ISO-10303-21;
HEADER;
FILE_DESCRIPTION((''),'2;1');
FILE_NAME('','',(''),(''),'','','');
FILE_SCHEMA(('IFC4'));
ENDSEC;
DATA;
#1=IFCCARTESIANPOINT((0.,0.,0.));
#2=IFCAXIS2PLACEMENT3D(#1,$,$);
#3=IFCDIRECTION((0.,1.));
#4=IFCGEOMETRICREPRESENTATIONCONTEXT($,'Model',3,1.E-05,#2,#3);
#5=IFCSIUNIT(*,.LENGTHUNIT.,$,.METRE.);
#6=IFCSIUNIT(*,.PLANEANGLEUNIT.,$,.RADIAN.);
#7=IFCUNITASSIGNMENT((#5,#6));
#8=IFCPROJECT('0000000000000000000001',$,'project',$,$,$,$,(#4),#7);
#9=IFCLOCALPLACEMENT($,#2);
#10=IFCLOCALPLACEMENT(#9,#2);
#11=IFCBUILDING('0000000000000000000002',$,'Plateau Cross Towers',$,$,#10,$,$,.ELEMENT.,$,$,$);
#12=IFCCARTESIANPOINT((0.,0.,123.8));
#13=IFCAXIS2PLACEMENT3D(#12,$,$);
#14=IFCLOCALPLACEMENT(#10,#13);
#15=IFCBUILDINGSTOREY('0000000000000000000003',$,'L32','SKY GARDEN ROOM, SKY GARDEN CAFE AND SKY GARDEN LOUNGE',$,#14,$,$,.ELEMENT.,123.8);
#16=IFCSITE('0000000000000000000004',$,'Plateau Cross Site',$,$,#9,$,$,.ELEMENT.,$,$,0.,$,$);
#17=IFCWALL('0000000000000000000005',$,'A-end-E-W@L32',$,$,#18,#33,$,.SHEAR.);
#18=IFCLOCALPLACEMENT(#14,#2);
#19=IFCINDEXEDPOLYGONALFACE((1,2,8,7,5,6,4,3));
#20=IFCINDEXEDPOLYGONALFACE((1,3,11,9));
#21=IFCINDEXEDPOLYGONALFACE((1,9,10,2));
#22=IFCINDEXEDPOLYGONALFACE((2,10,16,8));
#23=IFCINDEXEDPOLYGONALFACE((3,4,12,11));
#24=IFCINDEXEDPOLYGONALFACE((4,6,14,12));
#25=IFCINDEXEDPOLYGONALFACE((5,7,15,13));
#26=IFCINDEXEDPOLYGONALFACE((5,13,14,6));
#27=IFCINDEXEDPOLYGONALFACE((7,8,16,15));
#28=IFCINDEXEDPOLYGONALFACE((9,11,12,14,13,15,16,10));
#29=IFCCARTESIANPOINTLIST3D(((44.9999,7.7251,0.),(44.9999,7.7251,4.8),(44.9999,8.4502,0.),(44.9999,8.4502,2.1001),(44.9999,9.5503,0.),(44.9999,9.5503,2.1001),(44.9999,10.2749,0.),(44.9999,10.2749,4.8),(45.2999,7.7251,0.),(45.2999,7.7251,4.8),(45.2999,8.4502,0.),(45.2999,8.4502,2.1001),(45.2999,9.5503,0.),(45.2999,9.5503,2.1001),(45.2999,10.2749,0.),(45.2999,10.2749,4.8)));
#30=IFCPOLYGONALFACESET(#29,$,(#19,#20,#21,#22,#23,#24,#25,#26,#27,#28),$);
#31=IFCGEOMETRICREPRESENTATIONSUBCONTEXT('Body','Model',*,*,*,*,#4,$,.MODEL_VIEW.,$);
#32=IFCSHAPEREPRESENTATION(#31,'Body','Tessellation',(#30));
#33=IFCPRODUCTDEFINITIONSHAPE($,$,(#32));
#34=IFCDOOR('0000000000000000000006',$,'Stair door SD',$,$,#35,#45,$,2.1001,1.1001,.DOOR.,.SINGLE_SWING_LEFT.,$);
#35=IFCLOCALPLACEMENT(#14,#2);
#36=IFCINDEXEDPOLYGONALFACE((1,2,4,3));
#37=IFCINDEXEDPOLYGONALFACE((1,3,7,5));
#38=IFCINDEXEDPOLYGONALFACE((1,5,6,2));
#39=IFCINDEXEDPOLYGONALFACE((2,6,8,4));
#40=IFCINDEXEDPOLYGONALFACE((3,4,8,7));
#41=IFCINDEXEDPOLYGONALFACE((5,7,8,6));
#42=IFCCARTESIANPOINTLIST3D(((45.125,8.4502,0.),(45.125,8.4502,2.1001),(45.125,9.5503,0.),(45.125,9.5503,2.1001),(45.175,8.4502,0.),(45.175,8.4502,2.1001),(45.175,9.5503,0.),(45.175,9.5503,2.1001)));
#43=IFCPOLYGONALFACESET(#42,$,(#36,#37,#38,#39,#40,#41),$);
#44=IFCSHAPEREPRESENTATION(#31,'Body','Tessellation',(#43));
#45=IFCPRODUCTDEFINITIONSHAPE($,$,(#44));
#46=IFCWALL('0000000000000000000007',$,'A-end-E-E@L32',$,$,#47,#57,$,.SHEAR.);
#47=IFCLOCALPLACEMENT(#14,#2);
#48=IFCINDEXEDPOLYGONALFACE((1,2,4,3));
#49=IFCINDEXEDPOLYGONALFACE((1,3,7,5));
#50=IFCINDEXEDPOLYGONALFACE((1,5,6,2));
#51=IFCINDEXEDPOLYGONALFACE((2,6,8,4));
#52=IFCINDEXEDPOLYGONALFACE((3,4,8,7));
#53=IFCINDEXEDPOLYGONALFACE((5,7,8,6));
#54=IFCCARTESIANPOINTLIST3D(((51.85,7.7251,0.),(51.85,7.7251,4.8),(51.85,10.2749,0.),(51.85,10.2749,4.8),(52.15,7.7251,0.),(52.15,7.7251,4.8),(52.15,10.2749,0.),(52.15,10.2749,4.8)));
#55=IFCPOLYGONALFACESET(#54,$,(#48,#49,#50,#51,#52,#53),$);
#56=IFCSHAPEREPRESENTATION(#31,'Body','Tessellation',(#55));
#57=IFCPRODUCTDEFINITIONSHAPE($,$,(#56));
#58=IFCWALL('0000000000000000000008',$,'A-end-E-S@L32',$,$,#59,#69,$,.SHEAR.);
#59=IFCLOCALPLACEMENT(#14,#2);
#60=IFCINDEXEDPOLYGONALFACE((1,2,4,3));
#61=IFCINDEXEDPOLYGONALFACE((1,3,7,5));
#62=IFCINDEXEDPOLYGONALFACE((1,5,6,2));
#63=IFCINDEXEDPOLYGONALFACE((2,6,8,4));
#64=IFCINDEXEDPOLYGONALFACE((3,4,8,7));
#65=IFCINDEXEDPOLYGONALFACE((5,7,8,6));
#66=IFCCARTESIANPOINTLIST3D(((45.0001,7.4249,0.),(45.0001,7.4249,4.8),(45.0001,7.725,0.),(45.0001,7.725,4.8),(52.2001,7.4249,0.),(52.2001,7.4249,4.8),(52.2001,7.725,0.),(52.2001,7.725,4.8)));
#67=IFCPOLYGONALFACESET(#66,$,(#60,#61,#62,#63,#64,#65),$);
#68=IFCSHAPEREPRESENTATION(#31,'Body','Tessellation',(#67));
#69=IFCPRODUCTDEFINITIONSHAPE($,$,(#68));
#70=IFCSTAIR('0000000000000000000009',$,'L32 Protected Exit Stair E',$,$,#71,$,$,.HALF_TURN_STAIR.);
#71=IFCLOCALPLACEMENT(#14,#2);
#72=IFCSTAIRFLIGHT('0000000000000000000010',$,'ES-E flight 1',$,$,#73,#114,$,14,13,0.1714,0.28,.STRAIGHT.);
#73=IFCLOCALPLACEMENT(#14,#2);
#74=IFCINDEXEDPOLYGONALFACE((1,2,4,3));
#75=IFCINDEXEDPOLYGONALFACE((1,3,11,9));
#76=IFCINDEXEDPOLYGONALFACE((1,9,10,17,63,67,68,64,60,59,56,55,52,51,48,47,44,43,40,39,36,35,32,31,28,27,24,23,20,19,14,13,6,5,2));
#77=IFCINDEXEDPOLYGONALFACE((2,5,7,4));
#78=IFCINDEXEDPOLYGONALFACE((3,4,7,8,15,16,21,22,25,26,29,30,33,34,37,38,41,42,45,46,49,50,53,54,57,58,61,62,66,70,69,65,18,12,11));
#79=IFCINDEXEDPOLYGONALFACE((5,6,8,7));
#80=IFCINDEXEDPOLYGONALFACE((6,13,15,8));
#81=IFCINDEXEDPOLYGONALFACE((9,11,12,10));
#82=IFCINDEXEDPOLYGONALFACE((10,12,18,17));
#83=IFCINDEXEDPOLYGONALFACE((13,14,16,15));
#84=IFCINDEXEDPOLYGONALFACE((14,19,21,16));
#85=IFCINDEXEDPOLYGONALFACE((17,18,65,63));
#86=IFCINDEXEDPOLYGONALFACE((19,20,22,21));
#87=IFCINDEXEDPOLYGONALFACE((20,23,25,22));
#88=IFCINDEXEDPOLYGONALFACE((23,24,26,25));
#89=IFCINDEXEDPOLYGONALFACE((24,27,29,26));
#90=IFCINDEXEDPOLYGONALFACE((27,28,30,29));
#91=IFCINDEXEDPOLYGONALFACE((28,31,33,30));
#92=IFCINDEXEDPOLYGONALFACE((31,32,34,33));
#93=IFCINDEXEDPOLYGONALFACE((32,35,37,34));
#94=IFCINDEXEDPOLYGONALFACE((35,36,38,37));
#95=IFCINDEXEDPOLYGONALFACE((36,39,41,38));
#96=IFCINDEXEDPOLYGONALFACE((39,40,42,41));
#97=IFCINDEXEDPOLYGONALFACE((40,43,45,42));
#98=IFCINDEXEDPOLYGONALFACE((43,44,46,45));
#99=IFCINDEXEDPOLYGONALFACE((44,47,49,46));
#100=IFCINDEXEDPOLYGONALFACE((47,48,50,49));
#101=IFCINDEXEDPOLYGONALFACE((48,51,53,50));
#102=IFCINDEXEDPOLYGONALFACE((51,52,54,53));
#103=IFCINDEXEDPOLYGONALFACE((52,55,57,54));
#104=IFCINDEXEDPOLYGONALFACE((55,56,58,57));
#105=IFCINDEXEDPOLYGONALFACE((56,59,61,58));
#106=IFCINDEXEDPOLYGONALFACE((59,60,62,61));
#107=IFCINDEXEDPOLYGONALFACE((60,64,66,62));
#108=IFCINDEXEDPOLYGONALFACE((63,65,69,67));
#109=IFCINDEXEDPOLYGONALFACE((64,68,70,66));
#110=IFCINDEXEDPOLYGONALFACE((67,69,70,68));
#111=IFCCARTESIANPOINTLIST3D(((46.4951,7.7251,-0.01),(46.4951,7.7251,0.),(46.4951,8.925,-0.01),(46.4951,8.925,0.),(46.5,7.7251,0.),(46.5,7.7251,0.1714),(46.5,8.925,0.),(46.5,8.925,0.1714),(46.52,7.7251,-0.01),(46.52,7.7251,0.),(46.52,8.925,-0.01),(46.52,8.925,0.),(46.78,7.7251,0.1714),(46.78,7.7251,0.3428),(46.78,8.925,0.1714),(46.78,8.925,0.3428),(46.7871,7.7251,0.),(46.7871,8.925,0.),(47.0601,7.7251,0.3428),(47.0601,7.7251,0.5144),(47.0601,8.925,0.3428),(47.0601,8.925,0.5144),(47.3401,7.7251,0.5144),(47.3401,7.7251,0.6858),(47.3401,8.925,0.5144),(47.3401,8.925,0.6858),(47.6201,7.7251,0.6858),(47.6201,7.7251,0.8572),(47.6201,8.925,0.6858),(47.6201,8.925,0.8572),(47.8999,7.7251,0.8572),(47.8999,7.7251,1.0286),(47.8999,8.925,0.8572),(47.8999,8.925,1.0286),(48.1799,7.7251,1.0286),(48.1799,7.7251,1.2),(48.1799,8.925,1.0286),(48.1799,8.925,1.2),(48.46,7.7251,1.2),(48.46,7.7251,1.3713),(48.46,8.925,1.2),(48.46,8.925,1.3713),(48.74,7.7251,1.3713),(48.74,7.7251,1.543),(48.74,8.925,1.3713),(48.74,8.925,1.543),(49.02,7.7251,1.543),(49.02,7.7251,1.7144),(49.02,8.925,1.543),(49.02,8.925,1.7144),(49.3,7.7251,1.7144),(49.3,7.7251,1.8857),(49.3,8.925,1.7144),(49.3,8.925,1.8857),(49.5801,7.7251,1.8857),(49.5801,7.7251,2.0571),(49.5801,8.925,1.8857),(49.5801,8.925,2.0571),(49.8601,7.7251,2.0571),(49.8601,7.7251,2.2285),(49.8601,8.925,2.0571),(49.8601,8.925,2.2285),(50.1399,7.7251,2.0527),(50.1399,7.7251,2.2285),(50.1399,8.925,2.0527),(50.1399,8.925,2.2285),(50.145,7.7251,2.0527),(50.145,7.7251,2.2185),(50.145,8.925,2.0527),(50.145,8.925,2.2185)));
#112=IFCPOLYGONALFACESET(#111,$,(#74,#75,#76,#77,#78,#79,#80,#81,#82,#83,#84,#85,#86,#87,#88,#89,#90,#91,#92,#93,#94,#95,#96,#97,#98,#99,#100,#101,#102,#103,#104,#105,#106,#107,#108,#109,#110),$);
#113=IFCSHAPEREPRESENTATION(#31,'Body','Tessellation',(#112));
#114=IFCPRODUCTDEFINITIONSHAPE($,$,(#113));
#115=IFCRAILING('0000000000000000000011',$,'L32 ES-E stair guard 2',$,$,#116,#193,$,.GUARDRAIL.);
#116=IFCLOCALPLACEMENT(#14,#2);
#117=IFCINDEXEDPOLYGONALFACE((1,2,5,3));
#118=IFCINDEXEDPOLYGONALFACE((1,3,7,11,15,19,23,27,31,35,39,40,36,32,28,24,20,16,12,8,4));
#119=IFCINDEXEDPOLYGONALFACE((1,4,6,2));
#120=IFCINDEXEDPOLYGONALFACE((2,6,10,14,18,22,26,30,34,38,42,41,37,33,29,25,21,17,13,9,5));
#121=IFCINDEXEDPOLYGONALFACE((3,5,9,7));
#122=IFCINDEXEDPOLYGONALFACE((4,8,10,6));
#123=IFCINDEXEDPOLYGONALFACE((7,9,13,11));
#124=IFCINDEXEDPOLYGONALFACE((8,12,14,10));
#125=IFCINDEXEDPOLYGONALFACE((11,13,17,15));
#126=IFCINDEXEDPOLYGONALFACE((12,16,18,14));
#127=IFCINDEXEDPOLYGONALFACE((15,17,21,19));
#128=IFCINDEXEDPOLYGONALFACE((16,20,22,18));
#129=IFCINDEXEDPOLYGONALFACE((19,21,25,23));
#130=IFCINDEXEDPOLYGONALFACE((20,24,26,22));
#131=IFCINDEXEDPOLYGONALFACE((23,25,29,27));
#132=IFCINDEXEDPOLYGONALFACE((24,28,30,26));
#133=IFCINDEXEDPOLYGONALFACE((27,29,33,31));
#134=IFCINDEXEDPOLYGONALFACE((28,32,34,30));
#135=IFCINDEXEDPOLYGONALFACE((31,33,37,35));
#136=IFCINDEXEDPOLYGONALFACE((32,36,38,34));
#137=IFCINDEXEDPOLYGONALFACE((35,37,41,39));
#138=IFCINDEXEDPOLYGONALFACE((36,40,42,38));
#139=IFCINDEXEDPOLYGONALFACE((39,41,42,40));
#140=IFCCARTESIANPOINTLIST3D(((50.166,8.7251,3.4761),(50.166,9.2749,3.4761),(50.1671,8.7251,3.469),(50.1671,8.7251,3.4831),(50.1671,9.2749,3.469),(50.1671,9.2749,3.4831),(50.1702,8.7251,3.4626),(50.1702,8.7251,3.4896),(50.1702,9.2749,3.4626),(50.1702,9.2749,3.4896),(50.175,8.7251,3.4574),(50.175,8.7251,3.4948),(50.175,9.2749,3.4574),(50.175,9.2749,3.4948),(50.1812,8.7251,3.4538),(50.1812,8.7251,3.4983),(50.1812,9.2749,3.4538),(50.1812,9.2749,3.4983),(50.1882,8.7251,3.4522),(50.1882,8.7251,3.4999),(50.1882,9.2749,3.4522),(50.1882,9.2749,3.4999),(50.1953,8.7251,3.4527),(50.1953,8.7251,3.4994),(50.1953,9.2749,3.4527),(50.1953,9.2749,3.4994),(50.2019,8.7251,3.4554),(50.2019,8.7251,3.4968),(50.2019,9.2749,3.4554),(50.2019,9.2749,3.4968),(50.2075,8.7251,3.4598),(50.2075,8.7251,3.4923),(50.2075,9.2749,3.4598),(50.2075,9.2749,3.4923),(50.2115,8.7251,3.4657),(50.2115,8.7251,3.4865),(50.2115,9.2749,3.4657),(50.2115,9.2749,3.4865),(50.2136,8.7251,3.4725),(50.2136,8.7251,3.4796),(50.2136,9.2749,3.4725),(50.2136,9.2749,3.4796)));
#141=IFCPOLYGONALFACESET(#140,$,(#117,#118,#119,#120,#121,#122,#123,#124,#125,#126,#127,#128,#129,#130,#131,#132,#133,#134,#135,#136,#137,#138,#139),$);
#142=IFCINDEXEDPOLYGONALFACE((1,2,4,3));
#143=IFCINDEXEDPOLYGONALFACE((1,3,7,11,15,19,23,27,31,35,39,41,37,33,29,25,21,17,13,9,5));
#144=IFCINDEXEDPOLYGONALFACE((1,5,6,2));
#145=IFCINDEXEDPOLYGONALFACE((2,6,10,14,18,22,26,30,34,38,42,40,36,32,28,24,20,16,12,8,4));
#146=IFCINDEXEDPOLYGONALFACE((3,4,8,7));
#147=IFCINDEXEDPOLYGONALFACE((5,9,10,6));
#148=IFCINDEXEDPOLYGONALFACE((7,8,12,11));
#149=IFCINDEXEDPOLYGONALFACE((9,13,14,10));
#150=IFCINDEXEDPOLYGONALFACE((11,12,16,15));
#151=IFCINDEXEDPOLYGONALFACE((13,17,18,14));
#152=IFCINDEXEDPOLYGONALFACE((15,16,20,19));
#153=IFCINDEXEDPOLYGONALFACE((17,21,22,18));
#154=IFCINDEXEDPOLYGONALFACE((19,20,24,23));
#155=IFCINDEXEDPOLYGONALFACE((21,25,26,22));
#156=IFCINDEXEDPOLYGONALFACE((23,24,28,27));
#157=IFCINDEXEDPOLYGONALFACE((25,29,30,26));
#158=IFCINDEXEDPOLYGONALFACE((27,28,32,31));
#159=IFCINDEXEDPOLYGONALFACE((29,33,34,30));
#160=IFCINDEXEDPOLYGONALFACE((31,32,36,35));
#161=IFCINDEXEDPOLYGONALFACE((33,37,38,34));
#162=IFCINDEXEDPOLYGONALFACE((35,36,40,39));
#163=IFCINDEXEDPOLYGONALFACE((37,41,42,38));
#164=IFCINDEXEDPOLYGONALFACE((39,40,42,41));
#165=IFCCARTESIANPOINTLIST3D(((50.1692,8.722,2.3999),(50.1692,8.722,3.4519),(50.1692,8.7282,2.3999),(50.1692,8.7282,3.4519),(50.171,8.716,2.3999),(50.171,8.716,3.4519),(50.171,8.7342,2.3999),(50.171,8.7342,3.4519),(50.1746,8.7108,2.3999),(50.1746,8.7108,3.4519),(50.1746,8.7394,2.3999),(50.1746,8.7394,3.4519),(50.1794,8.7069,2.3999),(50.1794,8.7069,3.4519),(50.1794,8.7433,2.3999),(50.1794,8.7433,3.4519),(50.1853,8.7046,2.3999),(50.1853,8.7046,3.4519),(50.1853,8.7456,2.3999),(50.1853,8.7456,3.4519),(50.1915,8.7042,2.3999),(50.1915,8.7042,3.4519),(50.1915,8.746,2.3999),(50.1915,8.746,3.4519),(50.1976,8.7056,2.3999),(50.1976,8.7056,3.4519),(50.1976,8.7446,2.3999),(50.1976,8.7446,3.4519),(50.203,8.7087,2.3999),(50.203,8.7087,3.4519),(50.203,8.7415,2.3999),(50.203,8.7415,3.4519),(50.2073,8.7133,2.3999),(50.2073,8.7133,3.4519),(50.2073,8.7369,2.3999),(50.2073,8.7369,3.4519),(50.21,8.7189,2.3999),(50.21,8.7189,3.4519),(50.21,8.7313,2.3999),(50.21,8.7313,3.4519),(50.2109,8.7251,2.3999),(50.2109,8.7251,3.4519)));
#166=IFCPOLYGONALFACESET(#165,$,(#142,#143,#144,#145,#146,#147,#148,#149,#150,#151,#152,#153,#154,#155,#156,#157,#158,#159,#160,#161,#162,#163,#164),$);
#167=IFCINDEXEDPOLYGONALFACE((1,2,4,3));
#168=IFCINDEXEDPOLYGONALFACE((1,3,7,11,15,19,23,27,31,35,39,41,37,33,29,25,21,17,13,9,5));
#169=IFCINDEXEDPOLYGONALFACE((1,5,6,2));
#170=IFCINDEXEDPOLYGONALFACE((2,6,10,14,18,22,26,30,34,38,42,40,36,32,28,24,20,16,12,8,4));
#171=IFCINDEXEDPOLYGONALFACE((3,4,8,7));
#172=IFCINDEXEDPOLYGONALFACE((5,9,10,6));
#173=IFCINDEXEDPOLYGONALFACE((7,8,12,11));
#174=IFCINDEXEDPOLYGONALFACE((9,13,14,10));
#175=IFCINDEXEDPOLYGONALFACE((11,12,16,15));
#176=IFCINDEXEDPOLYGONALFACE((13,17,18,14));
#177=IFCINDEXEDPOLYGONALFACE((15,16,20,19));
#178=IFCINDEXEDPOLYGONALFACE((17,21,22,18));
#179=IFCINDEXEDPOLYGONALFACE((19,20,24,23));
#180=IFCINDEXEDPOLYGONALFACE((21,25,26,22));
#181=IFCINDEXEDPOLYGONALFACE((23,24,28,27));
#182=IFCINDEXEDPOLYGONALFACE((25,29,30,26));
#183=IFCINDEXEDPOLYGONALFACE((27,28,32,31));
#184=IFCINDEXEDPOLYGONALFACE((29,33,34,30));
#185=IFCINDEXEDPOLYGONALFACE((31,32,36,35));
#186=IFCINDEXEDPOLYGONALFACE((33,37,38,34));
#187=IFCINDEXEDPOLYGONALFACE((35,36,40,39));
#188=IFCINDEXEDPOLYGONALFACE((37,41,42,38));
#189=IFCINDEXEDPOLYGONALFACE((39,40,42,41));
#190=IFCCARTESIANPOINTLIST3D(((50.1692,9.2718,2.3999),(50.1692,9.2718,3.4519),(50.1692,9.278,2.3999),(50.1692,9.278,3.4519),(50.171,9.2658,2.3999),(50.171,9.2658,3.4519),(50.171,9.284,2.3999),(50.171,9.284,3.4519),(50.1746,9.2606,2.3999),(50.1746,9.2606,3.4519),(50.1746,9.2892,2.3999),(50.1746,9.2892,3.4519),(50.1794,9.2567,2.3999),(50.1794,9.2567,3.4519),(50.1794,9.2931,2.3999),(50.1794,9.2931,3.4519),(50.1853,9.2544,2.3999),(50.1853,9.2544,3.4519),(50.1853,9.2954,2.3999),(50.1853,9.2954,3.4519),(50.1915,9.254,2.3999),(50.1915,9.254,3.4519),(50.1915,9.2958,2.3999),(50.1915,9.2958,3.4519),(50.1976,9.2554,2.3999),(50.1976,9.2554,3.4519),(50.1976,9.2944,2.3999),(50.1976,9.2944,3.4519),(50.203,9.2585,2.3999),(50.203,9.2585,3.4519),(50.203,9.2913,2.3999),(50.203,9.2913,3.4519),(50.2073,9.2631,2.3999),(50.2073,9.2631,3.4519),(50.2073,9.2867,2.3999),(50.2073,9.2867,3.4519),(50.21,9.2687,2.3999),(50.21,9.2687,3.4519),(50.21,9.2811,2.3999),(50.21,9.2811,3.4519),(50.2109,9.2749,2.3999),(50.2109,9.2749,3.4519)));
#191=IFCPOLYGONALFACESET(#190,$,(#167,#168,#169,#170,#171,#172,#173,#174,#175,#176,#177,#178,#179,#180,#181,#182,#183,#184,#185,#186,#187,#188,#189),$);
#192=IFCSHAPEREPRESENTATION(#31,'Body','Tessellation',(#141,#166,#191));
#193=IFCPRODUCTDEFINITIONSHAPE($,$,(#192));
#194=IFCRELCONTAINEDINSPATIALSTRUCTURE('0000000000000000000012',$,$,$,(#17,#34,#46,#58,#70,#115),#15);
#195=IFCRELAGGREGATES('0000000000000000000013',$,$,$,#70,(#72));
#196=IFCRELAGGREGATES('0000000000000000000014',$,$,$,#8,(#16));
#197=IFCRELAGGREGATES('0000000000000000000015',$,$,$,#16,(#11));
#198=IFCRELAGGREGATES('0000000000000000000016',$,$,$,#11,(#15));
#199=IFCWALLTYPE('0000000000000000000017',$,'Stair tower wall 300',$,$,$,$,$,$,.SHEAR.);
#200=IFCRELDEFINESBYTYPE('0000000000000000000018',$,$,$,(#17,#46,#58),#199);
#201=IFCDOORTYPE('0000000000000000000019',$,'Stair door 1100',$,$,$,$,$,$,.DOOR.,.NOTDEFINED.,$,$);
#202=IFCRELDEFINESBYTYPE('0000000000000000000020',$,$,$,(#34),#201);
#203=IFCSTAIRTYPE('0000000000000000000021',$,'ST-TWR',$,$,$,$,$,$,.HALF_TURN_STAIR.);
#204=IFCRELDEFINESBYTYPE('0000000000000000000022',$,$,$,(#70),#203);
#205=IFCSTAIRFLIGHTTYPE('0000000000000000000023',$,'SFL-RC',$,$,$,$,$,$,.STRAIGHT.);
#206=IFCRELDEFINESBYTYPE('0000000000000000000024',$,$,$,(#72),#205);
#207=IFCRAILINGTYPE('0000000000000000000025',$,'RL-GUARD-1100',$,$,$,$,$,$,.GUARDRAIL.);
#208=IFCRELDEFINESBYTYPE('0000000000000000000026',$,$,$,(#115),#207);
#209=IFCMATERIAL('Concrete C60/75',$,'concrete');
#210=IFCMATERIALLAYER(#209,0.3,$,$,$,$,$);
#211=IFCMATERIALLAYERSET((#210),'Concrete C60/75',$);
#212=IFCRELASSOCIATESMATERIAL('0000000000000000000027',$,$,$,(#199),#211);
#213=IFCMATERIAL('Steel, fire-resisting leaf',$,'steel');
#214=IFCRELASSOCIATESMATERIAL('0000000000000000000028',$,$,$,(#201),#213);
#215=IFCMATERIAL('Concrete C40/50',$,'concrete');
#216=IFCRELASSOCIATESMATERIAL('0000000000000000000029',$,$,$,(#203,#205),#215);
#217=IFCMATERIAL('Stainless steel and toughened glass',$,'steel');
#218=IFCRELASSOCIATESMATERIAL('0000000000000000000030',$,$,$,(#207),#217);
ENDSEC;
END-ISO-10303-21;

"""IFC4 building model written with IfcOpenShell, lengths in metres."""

from ifc_helpers import new_model, si_unit, direction, frame, frame_2d, origin, origin_2d, place, context, subcontext, project, spatial, polyline, rectangle, circle, outline, extrude, material, layer, layer_set, type_object, element, fill, aggregate, save


model = new_model("IFC4")

# Units and contexts
model_context = context("Model", 3, precision=1e-05, world=origin(), true_north=direction((0.0, 1.0)))
body_context = subcontext(model_context, "Body", "Model", "MODEL_VIEW")
ifc_project = project(units=[si_unit("LENGTHUNIT", "METRE"), si_unit("PLANEANGLEUNIT", "RADIAN")], contexts=[model_context])

# Site, building, storey
site_placement = place(None, origin())
site = spatial("IfcSite", under=ifc_project, at=site_placement, Name="Plateau Cross Site", CompositionType="ELEMENT", RefElevation=0.0)
building_placement = place(site_placement, origin())
building = spatial("IfcBuilding", under=site, at=building_placement, Name="Plateau Cross Towers", CompositionType="ELEMENT")
storey_placement = place(building_placement, frame((0.0, 0.0, 123.8)))
storey = spatial("IfcBuildingStorey", under=building, at=storey_placement, Name="L32", Description="SKY GARDEN ROOM, SKY GARDEN CAFE AND SKY GARDEN LOUNGE", CompositionType="ELEMENT", Elevation=123.8)

# Shared definitions
ifc_material_1 = material(Name="Concrete C60/75", Category="concrete")

# Shared definitions
ifc_material_2 = material(Name="Steel, fire-resisting leaf", Category="steel")

# Wall, opening, door
ifc_layer_1 = layer(ifc_material_1, 0.3)
ifc_layer_set_1 = layer_set([ifc_layer_1], Name="Concrete C60/75")
wall_type_1 = type_object("IfcWallType", Name="Stair tower wall 300", PredefinedType="SHEAR", material=ifc_layer_set_1)
wall_1_placement = place(storey_placement, frame((45.1499, 7.7251, 0.0), z_axis=(0.0, 0.0, 1.0), x_axis=(0.0, 1.0, 0.0)))
wall_1 = element("IfcWall", 1, at=wall_1_placement, inside=storey, type_object=wall_type_1, Name="A-end-E-W@L32", PredefinedType="SHEAR", context=body_context, shape_type="SweptSolid", body=[
    extrude(rectangle(XDim=2.5498, YDim=0.3, at=frame_2d((1.2749, 0.0))), origin(), (0.0, 0.0, 1.0), 4.8),
])
opening_1_placement = place(wall_1_placement, frame((0.7251, 0.0, 0.0)))
opening_1 = element("IfcOpeningElement", 2, at=opening_1_placement, cuts=wall_1, PredefinedType="OPENING", context=body_context, shape_type="SweptSolid", body=[
    extrude(rectangle(XDim=1.1001, YDim=2.1001, at=frame_2d((0.55, 1.05))), frame((0.0, 0.1599, 0.0), z_axis=(0.0, -1.0, 0.0), x_axis=(1.0, 0.0, 0.0)), (0.0, 0.0, 1.0), 0.3201),
])
door_type_1 = type_object("IfcDoorType", Name="Stair door 1100", OperationType="NOTDEFINED", PredefinedType="DOOR", material=ifc_material_2)
door_1_placement = place(opening_1_placement, origin())
door_1 = element("IfcDoor", 3, at=door_1_placement, inside=storey, type_object=door_type_1, Name="Stair door SD", OperationType="SINGLE_SWING_LEFT", OverallHeight=2.1001, OverallWidth=1.1001, PredefinedType="DOOR", context=body_context, shape_type="SweptSolid", body=[
    extrude(rectangle(XDim=1.1001, YDim=2.1001, at=frame_2d((0.55, 1.05))), frame((0.0, 0.0249, 0.0), z_axis=(0.0, -1.0, 0.0), x_axis=(1.0, 0.0, 0.0)), (0.0, 0.0, 1.0), 0.05),
])
fill(opening_1, door_1)

# Walls
wall_2_placement = place(storey_placement, frame((52.0, 7.7251, 0.0), z_axis=(0.0, 0.0, 1.0), x_axis=(0.0, 1.0, 0.0)))
element("IfcWall", 4, at=wall_2_placement, inside=storey, type_object=wall_type_1, Name="A-end-E-E@L32", PredefinedType="SHEAR", context=body_context, shape_type="SweptSolid", body=[
    extrude(rectangle(XDim=2.5498, YDim=0.3, at=frame_2d((1.2749, 0.0))), origin(), (0.0, 0.0, 1.0), 4.8),
])
wall_3_placement = place(storey_placement, frame((45.0, 7.575, 0.0), z_axis=(0.0, 0.0, 1.0), x_axis=(1.0, 0.0, 0.0)))
element("IfcWall", 5, at=wall_3_placement, inside=storey, type_object=wall_type_1, Name="A-end-E-S@L32", PredefinedType="SHEAR", context=body_context, shape_type="SweptSolid", body=[
    extrude(rectangle(XDim=7.2, YDim=0.3, at=frame_2d((3.6001, 0.0))), origin(), (0.0, 0.0, 1.0), 4.8),
])

# Stair, stair flight
ifc_material_3 = material(Name="Concrete C40/50", Category="concrete")
stair_type = type_object("IfcStairType", Name="ST-TWR", PredefinedType="HALF_TURN_STAIR", material=ifc_material_3)
stair_placement = place(storey_placement, origin())
stair = element("IfcStair", 6, at=stair_placement, inside=storey, type_object=stair_type, Name="L32 Protected Exit Stair E", PredefinedType="HALF_TURN_STAIR")
stair_flight_type = type_object("IfcStairFlightType", Name="SFL-RC", PredefinedType="STRAIGHT", material=ifc_material_3)
stair_flight_placement = place(storey_placement, frame((46.5, 8.325, 0.0), z_axis=(0.0, 0.0, 1.0), x_axis=(1.0, 0.0, 0.0)))
stair_flight = element("IfcStairFlight", 7, at=stair_flight_placement, type_object=stair_flight_type, Name="ES-E flight 1", NumberOfRisers=14, NumberOfTreads=13, PredefinedType="STRAIGHT", RiserHeight=0.1714, TreadLength=0.28, context=body_context, shape_type="SweptSolid", body=[
    extrude(outline(polyline([(-0.0049, -0.01), (-0.0049, 0.0), (0.0, 0.0), (0.0, 0.1714), (0.28, 0.1714), (0.28, 0.3428), (0.5601, 0.3428), (0.5601, 0.5144), (0.8401, 0.5144), (0.8401, 0.6858), (1.1201, 0.6858), (1.1201, 0.8572), (1.3999, 0.8572), (1.3999, 1.0286), (1.6799, 1.0286), (1.6799, 1.2), (1.96, 1.2), (1.96, 1.3713), (2.24, 1.3713), (2.24, 1.543), (2.52, 1.543), (2.52, 1.7144), (2.8, 1.7144), (2.8, 1.8857), (3.0801, 1.8857), (3.0801, 2.0571), (3.3601, 2.0571), (3.3601, 2.2285), (3.6399, 2.2285), (3.645, 2.2185), (3.645, 2.0527), (3.6399, 2.0527), (0.2871, 0.0), (0.02, 0.0), (0.02, -0.01), (-0.0049, -0.01)])), frame((0.0, 0.6001, 0.0), z_axis=(0.0, -1.0, 0.0), x_axis=(1.0, 0.0, 0.0)), (0.0, 0.0, 1.0), 1.2),
])
aggregate(stair, [stair_flight])

# Railing
ifc_material_4 = material(Name="Stainless steel and toughened glass", Category="steel")
railing_type_1 = type_object("IfcRailingType", Name="RL-GUARD-1100", PredefinedType="GUARDRAIL", material=ifc_material_4)
for number, where, name in (
    (8, (50.1899, 8.7251, 2.3999), "L32 ES-E stair guard 2"),
):
    element("IfcRailing", number, at=place(storey_placement, frame(where)), inside=storey, type_object=railing_type_1, Name=name, PredefinedType="GUARDRAIL", context=body_context, shape_type="SweptSolid", body=[
        extrude(circle(Radius=0.0239, at=origin_2d()), frame((0.0, 0.0, 1.0762), z_axis=(0.0, 1.0, 0.0), x_axis=(-1.0, 0.0, 0.0)), (0.0, 0.0, 1.0), 0.5498),
        extrude(circle(Radius=0.021, at=origin_2d()), origin(), (0.0, 0.0, 1.0), 1.052),
        extrude(circle(Radius=0.021, at=origin_2d()), frame((0.0, 0.5498, 0.0)), (0.0, 0.0, 1.0), 1.052),
    ])

save(model, "model.ifc")
